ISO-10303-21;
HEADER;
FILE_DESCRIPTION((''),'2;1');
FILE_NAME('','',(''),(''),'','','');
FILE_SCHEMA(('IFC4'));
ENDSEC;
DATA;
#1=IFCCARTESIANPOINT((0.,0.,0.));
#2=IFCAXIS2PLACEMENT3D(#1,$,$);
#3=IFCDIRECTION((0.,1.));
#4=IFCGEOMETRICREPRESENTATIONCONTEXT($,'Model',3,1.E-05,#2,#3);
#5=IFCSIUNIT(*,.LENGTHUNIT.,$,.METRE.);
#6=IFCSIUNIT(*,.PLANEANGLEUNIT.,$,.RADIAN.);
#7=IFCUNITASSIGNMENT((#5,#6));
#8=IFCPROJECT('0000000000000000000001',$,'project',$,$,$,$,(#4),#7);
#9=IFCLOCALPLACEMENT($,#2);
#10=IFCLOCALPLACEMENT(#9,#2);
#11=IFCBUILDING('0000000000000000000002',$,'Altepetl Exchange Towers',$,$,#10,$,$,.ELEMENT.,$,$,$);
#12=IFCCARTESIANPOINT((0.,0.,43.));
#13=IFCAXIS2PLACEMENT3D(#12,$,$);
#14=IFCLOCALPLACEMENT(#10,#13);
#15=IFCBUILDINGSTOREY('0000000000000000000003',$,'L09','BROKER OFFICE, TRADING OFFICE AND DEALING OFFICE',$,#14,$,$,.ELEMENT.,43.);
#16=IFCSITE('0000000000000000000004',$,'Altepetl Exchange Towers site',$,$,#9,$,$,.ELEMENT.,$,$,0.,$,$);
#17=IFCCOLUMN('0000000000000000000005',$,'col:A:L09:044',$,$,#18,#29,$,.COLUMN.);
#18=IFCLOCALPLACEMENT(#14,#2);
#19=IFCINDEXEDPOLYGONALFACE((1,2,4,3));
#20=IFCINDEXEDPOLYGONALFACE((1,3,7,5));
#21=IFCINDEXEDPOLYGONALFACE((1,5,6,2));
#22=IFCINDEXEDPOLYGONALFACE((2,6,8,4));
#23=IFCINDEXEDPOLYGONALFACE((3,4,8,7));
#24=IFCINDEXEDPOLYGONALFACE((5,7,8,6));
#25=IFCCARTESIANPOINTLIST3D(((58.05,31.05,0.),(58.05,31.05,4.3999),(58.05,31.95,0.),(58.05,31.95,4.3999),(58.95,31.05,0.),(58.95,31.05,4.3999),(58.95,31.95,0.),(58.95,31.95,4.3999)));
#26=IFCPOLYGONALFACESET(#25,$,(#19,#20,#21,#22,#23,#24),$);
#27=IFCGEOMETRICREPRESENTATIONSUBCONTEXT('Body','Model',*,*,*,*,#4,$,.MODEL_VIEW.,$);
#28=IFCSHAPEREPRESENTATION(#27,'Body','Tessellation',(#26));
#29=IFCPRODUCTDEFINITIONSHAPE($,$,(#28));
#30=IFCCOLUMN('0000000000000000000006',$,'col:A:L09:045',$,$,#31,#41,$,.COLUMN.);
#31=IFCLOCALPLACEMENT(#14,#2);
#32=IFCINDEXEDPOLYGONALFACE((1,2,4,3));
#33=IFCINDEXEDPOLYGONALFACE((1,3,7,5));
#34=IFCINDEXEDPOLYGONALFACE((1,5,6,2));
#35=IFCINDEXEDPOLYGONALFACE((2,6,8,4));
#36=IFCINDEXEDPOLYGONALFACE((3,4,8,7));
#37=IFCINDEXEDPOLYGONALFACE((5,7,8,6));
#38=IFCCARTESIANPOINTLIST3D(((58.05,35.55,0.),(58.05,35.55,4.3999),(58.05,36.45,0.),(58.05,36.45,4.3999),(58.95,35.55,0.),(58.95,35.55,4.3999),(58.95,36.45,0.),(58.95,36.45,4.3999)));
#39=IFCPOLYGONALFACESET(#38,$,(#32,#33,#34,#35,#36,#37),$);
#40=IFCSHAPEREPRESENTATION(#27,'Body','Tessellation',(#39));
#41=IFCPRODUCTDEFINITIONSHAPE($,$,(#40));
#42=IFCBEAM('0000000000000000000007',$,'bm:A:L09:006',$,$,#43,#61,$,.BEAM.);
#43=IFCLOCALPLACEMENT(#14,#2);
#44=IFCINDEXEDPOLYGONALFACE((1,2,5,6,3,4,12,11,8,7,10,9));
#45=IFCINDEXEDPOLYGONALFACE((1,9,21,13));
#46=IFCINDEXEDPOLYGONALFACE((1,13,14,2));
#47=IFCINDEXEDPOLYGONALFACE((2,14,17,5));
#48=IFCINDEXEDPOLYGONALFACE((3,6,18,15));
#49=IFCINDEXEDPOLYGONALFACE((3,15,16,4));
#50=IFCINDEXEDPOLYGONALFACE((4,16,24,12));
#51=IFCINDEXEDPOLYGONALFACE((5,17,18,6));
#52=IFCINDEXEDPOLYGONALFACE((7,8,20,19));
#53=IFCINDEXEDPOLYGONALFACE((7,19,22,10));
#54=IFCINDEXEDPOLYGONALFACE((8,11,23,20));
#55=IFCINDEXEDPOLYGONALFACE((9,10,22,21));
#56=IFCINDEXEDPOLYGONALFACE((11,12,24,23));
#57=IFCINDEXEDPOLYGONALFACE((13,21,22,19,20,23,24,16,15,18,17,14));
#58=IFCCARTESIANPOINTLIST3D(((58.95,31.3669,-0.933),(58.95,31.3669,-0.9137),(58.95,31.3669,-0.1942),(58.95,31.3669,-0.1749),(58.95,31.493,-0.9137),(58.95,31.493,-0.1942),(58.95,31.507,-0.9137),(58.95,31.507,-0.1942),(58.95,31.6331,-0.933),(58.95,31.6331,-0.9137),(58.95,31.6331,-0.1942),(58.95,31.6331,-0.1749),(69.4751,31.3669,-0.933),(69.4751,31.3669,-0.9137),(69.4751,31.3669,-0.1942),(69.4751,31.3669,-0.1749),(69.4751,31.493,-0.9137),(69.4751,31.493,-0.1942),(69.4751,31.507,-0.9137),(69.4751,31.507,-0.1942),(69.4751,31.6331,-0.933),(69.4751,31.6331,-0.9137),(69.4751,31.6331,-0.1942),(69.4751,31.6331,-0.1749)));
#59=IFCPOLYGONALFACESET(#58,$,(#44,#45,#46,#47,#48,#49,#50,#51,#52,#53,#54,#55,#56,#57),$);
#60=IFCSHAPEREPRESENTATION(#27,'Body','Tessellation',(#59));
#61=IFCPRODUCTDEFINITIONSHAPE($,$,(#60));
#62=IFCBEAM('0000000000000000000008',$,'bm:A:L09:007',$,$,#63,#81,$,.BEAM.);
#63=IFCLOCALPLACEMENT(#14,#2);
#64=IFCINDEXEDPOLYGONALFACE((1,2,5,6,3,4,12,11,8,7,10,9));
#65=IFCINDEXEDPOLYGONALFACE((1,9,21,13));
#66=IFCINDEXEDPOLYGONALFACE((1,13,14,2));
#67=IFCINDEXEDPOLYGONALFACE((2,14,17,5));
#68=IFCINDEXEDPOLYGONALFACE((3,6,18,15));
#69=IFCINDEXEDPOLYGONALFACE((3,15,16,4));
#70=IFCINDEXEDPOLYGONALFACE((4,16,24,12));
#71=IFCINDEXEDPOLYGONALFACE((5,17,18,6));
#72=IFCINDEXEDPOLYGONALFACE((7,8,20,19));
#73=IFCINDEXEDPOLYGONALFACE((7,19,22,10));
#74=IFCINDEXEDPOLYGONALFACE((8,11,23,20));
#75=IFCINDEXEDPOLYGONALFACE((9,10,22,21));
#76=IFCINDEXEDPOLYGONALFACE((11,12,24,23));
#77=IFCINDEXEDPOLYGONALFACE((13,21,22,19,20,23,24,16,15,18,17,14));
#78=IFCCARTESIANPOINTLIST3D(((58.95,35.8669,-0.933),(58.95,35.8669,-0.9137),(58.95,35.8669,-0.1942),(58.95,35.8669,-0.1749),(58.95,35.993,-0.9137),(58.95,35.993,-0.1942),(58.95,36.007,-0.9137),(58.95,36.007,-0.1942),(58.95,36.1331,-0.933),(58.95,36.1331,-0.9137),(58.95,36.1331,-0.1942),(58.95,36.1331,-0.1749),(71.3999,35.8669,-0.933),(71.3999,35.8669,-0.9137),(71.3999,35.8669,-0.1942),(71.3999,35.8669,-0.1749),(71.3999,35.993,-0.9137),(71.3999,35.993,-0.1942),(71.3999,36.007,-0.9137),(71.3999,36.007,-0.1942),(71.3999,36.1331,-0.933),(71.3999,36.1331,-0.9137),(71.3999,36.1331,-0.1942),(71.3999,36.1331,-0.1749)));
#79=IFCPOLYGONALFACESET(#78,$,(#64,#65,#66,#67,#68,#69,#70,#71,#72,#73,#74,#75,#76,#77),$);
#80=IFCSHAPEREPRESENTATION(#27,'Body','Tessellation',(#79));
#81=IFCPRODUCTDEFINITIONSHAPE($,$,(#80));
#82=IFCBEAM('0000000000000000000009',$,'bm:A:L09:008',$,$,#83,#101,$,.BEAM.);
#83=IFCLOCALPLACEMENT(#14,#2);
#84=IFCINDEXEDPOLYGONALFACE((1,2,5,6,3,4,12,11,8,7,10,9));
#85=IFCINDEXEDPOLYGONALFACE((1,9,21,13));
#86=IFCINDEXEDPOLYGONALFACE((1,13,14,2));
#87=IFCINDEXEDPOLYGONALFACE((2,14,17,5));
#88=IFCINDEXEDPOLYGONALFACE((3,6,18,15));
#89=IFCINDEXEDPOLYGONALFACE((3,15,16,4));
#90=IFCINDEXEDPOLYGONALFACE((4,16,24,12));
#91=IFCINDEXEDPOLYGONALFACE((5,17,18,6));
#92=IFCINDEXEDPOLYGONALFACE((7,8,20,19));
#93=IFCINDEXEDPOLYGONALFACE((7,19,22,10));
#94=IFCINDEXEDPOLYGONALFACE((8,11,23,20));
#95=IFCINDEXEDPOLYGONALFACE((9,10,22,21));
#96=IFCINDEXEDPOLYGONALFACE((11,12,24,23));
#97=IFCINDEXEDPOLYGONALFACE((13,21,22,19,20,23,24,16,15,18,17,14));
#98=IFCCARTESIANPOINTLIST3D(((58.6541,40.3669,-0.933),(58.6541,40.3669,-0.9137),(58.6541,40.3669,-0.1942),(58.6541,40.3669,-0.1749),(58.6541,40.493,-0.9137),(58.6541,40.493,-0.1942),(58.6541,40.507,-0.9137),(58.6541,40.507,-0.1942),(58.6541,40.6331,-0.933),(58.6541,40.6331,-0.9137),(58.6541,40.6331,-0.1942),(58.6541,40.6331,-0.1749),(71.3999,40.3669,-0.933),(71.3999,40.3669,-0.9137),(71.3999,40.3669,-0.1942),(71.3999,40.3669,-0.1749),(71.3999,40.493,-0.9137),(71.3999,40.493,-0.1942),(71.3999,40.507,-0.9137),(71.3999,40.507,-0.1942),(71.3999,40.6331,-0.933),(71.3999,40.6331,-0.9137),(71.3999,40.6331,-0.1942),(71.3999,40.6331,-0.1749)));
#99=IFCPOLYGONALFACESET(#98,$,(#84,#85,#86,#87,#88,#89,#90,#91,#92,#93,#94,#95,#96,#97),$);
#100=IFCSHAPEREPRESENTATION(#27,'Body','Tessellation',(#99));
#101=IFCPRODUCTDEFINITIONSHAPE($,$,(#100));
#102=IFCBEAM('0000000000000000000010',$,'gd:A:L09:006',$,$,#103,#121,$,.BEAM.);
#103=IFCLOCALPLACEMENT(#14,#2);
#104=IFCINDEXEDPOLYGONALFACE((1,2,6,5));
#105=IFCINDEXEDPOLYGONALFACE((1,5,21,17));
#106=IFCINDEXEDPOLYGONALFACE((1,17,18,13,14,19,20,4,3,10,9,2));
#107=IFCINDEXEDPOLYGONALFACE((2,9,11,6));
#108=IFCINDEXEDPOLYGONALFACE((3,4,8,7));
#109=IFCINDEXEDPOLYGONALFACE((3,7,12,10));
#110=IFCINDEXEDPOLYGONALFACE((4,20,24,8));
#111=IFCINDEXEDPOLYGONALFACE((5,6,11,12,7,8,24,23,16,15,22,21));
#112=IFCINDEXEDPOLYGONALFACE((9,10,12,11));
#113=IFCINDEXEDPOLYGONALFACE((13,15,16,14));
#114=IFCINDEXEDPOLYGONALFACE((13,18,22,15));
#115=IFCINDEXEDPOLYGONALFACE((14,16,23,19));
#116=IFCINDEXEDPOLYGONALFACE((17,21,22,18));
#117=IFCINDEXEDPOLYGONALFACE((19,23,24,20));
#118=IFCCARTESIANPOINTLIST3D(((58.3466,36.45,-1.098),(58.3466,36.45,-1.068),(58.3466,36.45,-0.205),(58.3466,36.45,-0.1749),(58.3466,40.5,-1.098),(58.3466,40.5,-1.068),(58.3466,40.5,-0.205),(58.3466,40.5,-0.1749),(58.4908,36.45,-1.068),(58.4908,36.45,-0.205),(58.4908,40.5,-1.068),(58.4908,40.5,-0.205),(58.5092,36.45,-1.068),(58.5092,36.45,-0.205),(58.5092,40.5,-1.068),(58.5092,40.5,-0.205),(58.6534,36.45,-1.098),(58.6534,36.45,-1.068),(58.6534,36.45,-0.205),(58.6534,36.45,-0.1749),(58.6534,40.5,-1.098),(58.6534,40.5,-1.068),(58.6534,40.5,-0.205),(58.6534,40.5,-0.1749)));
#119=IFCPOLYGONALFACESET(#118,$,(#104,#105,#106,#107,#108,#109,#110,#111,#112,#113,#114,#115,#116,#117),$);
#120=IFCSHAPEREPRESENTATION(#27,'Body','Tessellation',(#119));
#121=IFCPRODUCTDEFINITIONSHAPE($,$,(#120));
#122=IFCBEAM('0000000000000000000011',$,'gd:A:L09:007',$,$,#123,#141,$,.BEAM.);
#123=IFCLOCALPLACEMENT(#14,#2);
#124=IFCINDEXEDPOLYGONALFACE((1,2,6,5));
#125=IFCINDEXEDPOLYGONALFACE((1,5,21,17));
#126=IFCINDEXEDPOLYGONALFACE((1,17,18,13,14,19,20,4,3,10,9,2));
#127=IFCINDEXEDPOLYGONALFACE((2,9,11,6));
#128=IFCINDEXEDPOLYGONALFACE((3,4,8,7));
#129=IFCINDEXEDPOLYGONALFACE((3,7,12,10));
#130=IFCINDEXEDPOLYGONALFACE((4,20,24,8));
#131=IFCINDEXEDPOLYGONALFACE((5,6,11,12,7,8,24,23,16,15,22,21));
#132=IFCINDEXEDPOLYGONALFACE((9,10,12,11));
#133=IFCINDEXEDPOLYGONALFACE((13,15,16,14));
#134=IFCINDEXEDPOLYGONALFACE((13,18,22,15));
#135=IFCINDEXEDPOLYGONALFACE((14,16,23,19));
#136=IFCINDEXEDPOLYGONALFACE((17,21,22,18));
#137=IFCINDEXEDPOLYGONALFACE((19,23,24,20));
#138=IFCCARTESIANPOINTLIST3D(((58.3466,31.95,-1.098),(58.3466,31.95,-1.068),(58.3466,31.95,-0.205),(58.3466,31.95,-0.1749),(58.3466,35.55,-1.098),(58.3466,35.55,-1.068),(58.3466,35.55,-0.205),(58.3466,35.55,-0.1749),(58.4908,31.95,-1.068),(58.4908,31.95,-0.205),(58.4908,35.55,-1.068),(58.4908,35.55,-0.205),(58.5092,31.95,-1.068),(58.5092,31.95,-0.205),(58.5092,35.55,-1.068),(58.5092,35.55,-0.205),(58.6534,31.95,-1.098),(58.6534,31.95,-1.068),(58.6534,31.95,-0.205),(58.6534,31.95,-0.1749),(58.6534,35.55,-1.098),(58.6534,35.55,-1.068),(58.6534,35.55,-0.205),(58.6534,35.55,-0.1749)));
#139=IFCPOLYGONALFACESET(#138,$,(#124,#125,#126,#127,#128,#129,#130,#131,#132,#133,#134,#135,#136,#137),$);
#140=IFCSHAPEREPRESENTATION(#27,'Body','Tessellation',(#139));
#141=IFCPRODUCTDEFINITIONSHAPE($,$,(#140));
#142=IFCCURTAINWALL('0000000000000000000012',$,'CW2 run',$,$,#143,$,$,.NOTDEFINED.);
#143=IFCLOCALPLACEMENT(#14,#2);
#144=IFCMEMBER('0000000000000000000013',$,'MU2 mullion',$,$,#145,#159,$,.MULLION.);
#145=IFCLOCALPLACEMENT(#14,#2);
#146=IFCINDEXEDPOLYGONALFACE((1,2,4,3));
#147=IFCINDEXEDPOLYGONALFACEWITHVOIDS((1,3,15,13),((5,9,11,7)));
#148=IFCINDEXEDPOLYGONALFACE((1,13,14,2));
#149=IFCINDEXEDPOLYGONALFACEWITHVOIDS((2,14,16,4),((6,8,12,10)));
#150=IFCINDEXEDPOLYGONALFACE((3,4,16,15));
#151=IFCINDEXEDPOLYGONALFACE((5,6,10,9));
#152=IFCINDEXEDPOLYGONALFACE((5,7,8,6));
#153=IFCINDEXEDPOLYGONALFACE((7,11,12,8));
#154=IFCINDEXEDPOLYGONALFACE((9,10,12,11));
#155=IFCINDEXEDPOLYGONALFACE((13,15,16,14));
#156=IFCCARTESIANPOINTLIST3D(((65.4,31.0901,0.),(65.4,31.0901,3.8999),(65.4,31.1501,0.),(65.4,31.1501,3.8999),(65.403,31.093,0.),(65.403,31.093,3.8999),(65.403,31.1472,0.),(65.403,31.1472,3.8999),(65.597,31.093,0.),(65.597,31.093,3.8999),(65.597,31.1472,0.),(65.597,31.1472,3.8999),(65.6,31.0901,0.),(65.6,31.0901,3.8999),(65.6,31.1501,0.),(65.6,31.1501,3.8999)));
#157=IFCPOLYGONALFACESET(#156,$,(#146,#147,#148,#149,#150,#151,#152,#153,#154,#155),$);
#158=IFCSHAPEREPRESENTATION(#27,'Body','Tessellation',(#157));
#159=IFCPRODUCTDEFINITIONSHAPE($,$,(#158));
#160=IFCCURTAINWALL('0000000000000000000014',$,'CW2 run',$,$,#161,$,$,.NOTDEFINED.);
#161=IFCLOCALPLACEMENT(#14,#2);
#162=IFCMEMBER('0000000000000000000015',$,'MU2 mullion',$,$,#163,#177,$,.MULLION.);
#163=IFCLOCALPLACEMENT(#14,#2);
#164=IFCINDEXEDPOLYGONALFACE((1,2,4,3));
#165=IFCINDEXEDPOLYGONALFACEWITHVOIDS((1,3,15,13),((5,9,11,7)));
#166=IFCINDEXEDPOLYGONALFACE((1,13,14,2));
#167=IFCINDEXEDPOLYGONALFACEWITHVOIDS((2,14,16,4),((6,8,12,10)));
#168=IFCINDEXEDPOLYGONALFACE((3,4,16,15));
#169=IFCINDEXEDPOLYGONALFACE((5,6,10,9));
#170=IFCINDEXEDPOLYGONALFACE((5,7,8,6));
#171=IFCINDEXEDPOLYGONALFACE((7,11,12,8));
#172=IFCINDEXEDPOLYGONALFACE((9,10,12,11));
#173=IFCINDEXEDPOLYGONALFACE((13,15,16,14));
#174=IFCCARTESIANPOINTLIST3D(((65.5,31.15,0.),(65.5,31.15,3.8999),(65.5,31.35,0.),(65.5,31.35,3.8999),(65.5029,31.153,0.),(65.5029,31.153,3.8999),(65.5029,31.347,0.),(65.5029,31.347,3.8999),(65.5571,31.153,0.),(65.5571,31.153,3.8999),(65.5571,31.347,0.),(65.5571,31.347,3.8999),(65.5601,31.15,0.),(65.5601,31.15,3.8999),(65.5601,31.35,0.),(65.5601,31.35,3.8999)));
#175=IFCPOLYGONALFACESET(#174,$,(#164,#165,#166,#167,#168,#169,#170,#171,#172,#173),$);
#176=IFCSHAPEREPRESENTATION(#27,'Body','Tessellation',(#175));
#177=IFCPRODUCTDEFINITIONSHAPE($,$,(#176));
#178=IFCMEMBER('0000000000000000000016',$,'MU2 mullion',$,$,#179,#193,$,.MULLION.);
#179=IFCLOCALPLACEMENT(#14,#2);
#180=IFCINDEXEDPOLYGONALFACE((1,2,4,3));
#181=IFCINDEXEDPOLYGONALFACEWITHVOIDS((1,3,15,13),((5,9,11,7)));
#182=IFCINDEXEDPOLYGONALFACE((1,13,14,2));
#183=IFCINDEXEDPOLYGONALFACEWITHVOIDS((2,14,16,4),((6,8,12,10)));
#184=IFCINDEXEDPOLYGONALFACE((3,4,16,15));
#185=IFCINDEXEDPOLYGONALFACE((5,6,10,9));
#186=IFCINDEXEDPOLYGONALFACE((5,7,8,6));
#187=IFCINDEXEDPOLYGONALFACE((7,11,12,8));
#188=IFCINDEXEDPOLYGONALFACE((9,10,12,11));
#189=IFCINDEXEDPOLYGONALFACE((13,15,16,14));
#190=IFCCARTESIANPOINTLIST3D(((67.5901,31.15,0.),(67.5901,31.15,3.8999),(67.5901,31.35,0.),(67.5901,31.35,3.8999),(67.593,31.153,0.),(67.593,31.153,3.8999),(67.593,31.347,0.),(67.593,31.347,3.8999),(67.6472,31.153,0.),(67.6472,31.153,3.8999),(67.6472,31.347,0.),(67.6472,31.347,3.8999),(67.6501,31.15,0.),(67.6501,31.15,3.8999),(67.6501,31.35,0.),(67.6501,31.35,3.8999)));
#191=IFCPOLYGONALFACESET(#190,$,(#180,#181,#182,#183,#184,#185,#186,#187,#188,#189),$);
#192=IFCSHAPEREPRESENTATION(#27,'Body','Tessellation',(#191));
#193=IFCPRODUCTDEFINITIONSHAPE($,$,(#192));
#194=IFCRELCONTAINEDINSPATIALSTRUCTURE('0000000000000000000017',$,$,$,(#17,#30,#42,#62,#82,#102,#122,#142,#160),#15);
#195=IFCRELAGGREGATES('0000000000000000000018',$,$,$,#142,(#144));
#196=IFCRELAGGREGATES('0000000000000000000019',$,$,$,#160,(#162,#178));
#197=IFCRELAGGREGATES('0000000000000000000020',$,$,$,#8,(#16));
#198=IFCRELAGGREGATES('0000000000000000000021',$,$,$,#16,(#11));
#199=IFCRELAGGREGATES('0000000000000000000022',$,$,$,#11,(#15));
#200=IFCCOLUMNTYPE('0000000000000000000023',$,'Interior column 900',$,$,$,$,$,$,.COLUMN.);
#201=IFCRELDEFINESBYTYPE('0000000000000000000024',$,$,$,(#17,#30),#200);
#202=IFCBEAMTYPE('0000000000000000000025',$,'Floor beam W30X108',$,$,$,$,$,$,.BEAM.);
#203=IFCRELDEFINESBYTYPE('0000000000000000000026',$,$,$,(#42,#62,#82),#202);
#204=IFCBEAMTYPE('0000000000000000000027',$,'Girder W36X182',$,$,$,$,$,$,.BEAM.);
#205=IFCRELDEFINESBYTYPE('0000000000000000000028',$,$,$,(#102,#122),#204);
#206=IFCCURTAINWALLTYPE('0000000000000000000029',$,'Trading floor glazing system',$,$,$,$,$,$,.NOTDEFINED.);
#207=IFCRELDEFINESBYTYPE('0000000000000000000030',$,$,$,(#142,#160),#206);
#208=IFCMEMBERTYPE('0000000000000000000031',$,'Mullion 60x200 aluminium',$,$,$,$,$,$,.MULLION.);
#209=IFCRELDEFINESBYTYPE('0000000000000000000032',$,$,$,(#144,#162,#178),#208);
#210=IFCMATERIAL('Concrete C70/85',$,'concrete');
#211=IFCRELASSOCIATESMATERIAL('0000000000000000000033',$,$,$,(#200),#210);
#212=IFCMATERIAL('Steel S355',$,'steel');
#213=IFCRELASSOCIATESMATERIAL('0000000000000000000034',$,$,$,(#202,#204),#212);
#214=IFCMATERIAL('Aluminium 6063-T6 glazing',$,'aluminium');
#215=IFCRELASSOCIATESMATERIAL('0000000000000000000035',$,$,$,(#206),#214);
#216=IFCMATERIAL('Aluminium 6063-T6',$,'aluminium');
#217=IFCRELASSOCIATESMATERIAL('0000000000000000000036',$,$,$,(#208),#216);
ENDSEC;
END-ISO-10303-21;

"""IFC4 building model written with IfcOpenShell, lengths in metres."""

from ifc_helpers import new_model, si_unit, direction, frame, origin, origin_2d, place, context, subcontext, project, spatial, rectangle, hollow_rectangle, i_section, extrude, material, material_profile, profile_set, type_object, element, aggregate, save


model = new_model("IFC4")

# Units and contexts
model_context = context("Model", 3, precision=1e-05, world=origin(), true_north=direction((0.0, 1.0)))
body_context = subcontext(model_context, "Body", "Model", "MODEL_VIEW")
ifc_project = project(units=[si_unit("LENGTHUNIT", "METRE"), si_unit("PLANEANGLEUNIT", "RADIAN")], contexts=[model_context])

# Site, building, storey
site_placement = place(None, origin())
site = spatial("IfcSite", under=ifc_project, at=site_placement, Name="Altepetl Exchange Towers site", CompositionType="ELEMENT", RefElevation=0.0)
building_placement = place(site_placement, origin())
building = spatial("IfcBuilding", under=site, at=building_placement, Name="Altepetl Exchange Towers", CompositionType="ELEMENT")
storey_placement = place(building_placement, frame((0.0, 0.0, 43.0)))
storey = spatial("IfcBuildingStorey", under=building, at=storey_placement, Name="L09", Description="BROKER OFFICE, TRADING OFFICE AND DEALING OFFICE", CompositionType="ELEMENT", Elevation=43.0)

# Columns
ifc_material_1 = material(Name="Concrete C70/85", Category="concrete")
ifc_material_profile_1 = material_profile(ifc_material_1, rectangle(XDim=0.8999, YDim=0.8999, at=origin_2d()), Name="900 x 900")
ifc_profile_set_1 = profile_set([ifc_material_profile_1], Name="Concrete C70/85")
column_type = type_object("IfcColumnType", Name="Interior column 900", PredefinedType="COLUMN", material=ifc_profile_set_1)
for number, where, name in (
    (1, (58.5, 31.5, 0.0), "col:A:L09:044"),
    (2, (58.5, 36.0, 0.0), "col:A:L09:045"),
):
    element("IfcColumn", number, at=place(storey_placement, frame(where)), inside=storey, type_object=column_type, Name=name, PredefinedType="COLUMN", context=body_context, shape_type="SweptSolid", body=[
        extrude(rectangle(XDim=0.8999, YDim=0.8999, at=origin_2d()), origin(), (0.0, 0.0, 1.0), 4.3999),
    ])

# Beams
ifc_material_2 = material(Name="Steel S355", Category="steel")
ifc_material_profile_2 = material_profile(ifc_material_2, i_section(OverallWidth=0.2661, OverallDepth=0.7581, WebThickness=0.0139, FlangeThickness=0.0193, at=origin_2d()), Name="W30X108")
ifc_profile_set_2 = profile_set([ifc_material_profile_2], Name="Steel S355")
beam_type_1 = type_object("IfcBeamType", Name="Floor beam W30X108", PredefinedType="BEAM", material=ifc_profile_set_2)
beam_1_placement = place(storey_placement, frame((58.95, 31.5, -0.554), z_axis=(1.0, 0.0, 0.0), x_axis=(0.0, 1.0, 0.0)))
element("IfcBeam", 3, at=beam_1_placement, inside=storey, type_object=beam_type_1, Name="bm:A:L09:006", PredefinedType="BEAM", context=body_context, shape_type="SweptSolid", body=[
    extrude(i_section(OverallWidth=0.2661, OverallDepth=0.7581, WebThickness=0.0139, FlangeThickness=0.0193, at=origin_2d()), origin(), (0.0, 0.0, 1.0), 10.5251),
])
beam_2_placement = place(storey_placement, frame((58.95, 36.0, -0.554), z_axis=(1.0, 0.0, 0.0), x_axis=(0.0, 1.0, 0.0)))
element("IfcBeam", 4, at=beam_2_placement, inside=storey, type_object=beam_type_1, Name="bm:A:L09:007", PredefinedType="BEAM", context=body_context, shape_type="SweptSolid", body=[
    extrude(i_section(OverallWidth=0.2661, OverallDepth=0.7581, WebThickness=0.0139, FlangeThickness=0.0193, at=origin_2d()), origin(), (0.0, 0.0, 1.0), 12.45),
])
beam_3_placement = place(storey_placement, frame((58.6541, 40.5, -0.554), z_axis=(1.0, 0.0, 0.0), x_axis=(0.0, 1.0, 0.0)))
element("IfcBeam", 5, at=beam_3_placement, inside=storey, type_object=beam_type_1, Name="bm:A:L09:008", PredefinedType="BEAM", context=body_context, shape_type="SweptSolid", body=[
    extrude(i_section(OverallWidth=0.2661, OverallDepth=0.7581, WebThickness=0.0139, FlangeThickness=0.0193, at=origin_2d()), origin(), (0.0, 0.0, 1.0), 12.7458),
])
ifc_material_profile_3 = material_profile(ifc_material_2, i_section(OverallWidth=0.3069, OverallDepth=0.9231, WebThickness=0.0183, FlangeThickness=0.03, at=origin_2d()), Name="W36X182")
ifc_profile_set_3 = profile_set([ifc_material_profile_3], Name="Steel S355")
beam_type_2 = type_object("IfcBeamType", Name="Girder W36X182", PredefinedType="BEAM", material=ifc_profile_set_3)
beam_4_placement = place(storey_placement, frame((58.5, 40.5, -0.6365), z_axis=(0.0, -1.0, 0.0), x_axis=(1.0, 0.0, 0.0)))
element("IfcBeam", 6, at=beam_4_placement, inside=storey, type_object=beam_type_2, Name="gd:A:L09:006", PredefinedType="BEAM", context=body_context, shape_type="SweptSolid", body=[
    extrude(i_section(OverallWidth=0.3069, OverallDepth=0.9231, WebThickness=0.0183, FlangeThickness=0.03, at=origin_2d()), origin(), (0.0, 0.0, 1.0), 4.05),
])
beam_5_placement = place(storey_placement, frame((58.5, 35.55, -0.6365), z_axis=(0.0, -1.0, 0.0), x_axis=(1.0, 0.0, 0.0)))
element("IfcBeam", 7, at=beam_5_placement, inside=storey, type_object=beam_type_2, Name="gd:A:L09:007", PredefinedType="BEAM", context=body_context, shape_type="SweptSolid", body=[
    extrude(i_section(OverallWidth=0.3069, OverallDepth=0.9231, WebThickness=0.0183, FlangeThickness=0.03, at=origin_2d()), origin(), (0.0, 0.0, 1.0), 3.6001),
])

# Curtain wall, member
ifc_material_3 = material(Name="Aluminium 6063-T6 glazing", Category="aluminium")
curtain_wall_type = type_object("IfcCurtainWallType", Name="Trading floor glazing system", PredefinedType="NOTDEFINED", material=ifc_material_3)
curtain_wall_1_placement = place(storey_placement, origin())
curtain_wall_1 = element("IfcCurtainWall", 8, at=curtain_wall_1_placement, inside=storey, type_object=curtain_wall_type, Name="CW2 run", PredefinedType="NOTDEFINED")
ifc_material_4 = material(Name="Aluminium 6063-T6", Category="aluminium")
ifc_material_profile_4 = material_profile(ifc_material_4, hollow_rectangle(XDim=0.0601, YDim=0.2, WallThickness=0.0029, at=origin_2d()), Name="Mullion 60x200 aluminium")
ifc_profile_set_4 = profile_set([ifc_material_profile_4], Name="Aluminium 6063-T6")
member_type = type_object("IfcMemberType", Name="Mullion 60x200 aluminium", PredefinedType="MULLION", material=ifc_profile_set_4)
member_1_placement = place(storey_placement, frame((65.5, 31.1201, 0.0), z_axis=(0.0, 0.0, 1.0), x_axis=(0.0, 1.0, 0.0)))
member_1 = element("IfcMember", 9, at=member_1_placement, type_object=member_type, Name="MU2 mullion", PredefinedType="MULLION", context=body_context, shape_type="SweptSolid", body=[
    extrude(hollow_rectangle(XDim=0.0601, YDim=0.2, WallThickness=0.0029, at=origin_2d()), origin(), (0.0, 0.0, 1.0), 3.8999),
])
aggregate(curtain_wall_1, [member_1])

# Curtain wall, members
curtain_wall_2_placement = place(storey_placement, origin())
curtain_wall_2 = element("IfcCurtainWall", 10, at=curtain_wall_2_placement, inside=storey, type_object=curtain_wall_type, Name="CW2 run", PredefinedType="NOTDEFINED")
member_2_placement = place(storey_placement, frame((65.53, 31.25, 0.0)))
member_2 = element("IfcMember", 11, at=member_2_placement, type_object=member_type, Name="MU2 mullion", PredefinedType="MULLION", context=body_context, shape_type="SweptSolid", body=[
    extrude(hollow_rectangle(XDim=0.0601, YDim=0.2, WallThickness=0.0029, at=origin_2d()), origin(), (0.0, 0.0, 1.0), 3.8999),
])
member_3_placement = place(storey_placement, frame((67.6201, 31.25, 0.0)))
member_3 = element("IfcMember", 12, at=member_3_placement, type_object=member_type, Name="MU2 mullion", PredefinedType="MULLION", context=body_context, shape_type="SweptSolid", body=[
    extrude(hollow_rectangle(XDim=0.0601, YDim=0.2, WallThickness=0.0029, at=origin_2d()), origin(), (0.0, 0.0, 1.0), 3.8999),
])

aggregate(curtain_wall_2, [member_2, member_3])

save(model, "model.ifc")
